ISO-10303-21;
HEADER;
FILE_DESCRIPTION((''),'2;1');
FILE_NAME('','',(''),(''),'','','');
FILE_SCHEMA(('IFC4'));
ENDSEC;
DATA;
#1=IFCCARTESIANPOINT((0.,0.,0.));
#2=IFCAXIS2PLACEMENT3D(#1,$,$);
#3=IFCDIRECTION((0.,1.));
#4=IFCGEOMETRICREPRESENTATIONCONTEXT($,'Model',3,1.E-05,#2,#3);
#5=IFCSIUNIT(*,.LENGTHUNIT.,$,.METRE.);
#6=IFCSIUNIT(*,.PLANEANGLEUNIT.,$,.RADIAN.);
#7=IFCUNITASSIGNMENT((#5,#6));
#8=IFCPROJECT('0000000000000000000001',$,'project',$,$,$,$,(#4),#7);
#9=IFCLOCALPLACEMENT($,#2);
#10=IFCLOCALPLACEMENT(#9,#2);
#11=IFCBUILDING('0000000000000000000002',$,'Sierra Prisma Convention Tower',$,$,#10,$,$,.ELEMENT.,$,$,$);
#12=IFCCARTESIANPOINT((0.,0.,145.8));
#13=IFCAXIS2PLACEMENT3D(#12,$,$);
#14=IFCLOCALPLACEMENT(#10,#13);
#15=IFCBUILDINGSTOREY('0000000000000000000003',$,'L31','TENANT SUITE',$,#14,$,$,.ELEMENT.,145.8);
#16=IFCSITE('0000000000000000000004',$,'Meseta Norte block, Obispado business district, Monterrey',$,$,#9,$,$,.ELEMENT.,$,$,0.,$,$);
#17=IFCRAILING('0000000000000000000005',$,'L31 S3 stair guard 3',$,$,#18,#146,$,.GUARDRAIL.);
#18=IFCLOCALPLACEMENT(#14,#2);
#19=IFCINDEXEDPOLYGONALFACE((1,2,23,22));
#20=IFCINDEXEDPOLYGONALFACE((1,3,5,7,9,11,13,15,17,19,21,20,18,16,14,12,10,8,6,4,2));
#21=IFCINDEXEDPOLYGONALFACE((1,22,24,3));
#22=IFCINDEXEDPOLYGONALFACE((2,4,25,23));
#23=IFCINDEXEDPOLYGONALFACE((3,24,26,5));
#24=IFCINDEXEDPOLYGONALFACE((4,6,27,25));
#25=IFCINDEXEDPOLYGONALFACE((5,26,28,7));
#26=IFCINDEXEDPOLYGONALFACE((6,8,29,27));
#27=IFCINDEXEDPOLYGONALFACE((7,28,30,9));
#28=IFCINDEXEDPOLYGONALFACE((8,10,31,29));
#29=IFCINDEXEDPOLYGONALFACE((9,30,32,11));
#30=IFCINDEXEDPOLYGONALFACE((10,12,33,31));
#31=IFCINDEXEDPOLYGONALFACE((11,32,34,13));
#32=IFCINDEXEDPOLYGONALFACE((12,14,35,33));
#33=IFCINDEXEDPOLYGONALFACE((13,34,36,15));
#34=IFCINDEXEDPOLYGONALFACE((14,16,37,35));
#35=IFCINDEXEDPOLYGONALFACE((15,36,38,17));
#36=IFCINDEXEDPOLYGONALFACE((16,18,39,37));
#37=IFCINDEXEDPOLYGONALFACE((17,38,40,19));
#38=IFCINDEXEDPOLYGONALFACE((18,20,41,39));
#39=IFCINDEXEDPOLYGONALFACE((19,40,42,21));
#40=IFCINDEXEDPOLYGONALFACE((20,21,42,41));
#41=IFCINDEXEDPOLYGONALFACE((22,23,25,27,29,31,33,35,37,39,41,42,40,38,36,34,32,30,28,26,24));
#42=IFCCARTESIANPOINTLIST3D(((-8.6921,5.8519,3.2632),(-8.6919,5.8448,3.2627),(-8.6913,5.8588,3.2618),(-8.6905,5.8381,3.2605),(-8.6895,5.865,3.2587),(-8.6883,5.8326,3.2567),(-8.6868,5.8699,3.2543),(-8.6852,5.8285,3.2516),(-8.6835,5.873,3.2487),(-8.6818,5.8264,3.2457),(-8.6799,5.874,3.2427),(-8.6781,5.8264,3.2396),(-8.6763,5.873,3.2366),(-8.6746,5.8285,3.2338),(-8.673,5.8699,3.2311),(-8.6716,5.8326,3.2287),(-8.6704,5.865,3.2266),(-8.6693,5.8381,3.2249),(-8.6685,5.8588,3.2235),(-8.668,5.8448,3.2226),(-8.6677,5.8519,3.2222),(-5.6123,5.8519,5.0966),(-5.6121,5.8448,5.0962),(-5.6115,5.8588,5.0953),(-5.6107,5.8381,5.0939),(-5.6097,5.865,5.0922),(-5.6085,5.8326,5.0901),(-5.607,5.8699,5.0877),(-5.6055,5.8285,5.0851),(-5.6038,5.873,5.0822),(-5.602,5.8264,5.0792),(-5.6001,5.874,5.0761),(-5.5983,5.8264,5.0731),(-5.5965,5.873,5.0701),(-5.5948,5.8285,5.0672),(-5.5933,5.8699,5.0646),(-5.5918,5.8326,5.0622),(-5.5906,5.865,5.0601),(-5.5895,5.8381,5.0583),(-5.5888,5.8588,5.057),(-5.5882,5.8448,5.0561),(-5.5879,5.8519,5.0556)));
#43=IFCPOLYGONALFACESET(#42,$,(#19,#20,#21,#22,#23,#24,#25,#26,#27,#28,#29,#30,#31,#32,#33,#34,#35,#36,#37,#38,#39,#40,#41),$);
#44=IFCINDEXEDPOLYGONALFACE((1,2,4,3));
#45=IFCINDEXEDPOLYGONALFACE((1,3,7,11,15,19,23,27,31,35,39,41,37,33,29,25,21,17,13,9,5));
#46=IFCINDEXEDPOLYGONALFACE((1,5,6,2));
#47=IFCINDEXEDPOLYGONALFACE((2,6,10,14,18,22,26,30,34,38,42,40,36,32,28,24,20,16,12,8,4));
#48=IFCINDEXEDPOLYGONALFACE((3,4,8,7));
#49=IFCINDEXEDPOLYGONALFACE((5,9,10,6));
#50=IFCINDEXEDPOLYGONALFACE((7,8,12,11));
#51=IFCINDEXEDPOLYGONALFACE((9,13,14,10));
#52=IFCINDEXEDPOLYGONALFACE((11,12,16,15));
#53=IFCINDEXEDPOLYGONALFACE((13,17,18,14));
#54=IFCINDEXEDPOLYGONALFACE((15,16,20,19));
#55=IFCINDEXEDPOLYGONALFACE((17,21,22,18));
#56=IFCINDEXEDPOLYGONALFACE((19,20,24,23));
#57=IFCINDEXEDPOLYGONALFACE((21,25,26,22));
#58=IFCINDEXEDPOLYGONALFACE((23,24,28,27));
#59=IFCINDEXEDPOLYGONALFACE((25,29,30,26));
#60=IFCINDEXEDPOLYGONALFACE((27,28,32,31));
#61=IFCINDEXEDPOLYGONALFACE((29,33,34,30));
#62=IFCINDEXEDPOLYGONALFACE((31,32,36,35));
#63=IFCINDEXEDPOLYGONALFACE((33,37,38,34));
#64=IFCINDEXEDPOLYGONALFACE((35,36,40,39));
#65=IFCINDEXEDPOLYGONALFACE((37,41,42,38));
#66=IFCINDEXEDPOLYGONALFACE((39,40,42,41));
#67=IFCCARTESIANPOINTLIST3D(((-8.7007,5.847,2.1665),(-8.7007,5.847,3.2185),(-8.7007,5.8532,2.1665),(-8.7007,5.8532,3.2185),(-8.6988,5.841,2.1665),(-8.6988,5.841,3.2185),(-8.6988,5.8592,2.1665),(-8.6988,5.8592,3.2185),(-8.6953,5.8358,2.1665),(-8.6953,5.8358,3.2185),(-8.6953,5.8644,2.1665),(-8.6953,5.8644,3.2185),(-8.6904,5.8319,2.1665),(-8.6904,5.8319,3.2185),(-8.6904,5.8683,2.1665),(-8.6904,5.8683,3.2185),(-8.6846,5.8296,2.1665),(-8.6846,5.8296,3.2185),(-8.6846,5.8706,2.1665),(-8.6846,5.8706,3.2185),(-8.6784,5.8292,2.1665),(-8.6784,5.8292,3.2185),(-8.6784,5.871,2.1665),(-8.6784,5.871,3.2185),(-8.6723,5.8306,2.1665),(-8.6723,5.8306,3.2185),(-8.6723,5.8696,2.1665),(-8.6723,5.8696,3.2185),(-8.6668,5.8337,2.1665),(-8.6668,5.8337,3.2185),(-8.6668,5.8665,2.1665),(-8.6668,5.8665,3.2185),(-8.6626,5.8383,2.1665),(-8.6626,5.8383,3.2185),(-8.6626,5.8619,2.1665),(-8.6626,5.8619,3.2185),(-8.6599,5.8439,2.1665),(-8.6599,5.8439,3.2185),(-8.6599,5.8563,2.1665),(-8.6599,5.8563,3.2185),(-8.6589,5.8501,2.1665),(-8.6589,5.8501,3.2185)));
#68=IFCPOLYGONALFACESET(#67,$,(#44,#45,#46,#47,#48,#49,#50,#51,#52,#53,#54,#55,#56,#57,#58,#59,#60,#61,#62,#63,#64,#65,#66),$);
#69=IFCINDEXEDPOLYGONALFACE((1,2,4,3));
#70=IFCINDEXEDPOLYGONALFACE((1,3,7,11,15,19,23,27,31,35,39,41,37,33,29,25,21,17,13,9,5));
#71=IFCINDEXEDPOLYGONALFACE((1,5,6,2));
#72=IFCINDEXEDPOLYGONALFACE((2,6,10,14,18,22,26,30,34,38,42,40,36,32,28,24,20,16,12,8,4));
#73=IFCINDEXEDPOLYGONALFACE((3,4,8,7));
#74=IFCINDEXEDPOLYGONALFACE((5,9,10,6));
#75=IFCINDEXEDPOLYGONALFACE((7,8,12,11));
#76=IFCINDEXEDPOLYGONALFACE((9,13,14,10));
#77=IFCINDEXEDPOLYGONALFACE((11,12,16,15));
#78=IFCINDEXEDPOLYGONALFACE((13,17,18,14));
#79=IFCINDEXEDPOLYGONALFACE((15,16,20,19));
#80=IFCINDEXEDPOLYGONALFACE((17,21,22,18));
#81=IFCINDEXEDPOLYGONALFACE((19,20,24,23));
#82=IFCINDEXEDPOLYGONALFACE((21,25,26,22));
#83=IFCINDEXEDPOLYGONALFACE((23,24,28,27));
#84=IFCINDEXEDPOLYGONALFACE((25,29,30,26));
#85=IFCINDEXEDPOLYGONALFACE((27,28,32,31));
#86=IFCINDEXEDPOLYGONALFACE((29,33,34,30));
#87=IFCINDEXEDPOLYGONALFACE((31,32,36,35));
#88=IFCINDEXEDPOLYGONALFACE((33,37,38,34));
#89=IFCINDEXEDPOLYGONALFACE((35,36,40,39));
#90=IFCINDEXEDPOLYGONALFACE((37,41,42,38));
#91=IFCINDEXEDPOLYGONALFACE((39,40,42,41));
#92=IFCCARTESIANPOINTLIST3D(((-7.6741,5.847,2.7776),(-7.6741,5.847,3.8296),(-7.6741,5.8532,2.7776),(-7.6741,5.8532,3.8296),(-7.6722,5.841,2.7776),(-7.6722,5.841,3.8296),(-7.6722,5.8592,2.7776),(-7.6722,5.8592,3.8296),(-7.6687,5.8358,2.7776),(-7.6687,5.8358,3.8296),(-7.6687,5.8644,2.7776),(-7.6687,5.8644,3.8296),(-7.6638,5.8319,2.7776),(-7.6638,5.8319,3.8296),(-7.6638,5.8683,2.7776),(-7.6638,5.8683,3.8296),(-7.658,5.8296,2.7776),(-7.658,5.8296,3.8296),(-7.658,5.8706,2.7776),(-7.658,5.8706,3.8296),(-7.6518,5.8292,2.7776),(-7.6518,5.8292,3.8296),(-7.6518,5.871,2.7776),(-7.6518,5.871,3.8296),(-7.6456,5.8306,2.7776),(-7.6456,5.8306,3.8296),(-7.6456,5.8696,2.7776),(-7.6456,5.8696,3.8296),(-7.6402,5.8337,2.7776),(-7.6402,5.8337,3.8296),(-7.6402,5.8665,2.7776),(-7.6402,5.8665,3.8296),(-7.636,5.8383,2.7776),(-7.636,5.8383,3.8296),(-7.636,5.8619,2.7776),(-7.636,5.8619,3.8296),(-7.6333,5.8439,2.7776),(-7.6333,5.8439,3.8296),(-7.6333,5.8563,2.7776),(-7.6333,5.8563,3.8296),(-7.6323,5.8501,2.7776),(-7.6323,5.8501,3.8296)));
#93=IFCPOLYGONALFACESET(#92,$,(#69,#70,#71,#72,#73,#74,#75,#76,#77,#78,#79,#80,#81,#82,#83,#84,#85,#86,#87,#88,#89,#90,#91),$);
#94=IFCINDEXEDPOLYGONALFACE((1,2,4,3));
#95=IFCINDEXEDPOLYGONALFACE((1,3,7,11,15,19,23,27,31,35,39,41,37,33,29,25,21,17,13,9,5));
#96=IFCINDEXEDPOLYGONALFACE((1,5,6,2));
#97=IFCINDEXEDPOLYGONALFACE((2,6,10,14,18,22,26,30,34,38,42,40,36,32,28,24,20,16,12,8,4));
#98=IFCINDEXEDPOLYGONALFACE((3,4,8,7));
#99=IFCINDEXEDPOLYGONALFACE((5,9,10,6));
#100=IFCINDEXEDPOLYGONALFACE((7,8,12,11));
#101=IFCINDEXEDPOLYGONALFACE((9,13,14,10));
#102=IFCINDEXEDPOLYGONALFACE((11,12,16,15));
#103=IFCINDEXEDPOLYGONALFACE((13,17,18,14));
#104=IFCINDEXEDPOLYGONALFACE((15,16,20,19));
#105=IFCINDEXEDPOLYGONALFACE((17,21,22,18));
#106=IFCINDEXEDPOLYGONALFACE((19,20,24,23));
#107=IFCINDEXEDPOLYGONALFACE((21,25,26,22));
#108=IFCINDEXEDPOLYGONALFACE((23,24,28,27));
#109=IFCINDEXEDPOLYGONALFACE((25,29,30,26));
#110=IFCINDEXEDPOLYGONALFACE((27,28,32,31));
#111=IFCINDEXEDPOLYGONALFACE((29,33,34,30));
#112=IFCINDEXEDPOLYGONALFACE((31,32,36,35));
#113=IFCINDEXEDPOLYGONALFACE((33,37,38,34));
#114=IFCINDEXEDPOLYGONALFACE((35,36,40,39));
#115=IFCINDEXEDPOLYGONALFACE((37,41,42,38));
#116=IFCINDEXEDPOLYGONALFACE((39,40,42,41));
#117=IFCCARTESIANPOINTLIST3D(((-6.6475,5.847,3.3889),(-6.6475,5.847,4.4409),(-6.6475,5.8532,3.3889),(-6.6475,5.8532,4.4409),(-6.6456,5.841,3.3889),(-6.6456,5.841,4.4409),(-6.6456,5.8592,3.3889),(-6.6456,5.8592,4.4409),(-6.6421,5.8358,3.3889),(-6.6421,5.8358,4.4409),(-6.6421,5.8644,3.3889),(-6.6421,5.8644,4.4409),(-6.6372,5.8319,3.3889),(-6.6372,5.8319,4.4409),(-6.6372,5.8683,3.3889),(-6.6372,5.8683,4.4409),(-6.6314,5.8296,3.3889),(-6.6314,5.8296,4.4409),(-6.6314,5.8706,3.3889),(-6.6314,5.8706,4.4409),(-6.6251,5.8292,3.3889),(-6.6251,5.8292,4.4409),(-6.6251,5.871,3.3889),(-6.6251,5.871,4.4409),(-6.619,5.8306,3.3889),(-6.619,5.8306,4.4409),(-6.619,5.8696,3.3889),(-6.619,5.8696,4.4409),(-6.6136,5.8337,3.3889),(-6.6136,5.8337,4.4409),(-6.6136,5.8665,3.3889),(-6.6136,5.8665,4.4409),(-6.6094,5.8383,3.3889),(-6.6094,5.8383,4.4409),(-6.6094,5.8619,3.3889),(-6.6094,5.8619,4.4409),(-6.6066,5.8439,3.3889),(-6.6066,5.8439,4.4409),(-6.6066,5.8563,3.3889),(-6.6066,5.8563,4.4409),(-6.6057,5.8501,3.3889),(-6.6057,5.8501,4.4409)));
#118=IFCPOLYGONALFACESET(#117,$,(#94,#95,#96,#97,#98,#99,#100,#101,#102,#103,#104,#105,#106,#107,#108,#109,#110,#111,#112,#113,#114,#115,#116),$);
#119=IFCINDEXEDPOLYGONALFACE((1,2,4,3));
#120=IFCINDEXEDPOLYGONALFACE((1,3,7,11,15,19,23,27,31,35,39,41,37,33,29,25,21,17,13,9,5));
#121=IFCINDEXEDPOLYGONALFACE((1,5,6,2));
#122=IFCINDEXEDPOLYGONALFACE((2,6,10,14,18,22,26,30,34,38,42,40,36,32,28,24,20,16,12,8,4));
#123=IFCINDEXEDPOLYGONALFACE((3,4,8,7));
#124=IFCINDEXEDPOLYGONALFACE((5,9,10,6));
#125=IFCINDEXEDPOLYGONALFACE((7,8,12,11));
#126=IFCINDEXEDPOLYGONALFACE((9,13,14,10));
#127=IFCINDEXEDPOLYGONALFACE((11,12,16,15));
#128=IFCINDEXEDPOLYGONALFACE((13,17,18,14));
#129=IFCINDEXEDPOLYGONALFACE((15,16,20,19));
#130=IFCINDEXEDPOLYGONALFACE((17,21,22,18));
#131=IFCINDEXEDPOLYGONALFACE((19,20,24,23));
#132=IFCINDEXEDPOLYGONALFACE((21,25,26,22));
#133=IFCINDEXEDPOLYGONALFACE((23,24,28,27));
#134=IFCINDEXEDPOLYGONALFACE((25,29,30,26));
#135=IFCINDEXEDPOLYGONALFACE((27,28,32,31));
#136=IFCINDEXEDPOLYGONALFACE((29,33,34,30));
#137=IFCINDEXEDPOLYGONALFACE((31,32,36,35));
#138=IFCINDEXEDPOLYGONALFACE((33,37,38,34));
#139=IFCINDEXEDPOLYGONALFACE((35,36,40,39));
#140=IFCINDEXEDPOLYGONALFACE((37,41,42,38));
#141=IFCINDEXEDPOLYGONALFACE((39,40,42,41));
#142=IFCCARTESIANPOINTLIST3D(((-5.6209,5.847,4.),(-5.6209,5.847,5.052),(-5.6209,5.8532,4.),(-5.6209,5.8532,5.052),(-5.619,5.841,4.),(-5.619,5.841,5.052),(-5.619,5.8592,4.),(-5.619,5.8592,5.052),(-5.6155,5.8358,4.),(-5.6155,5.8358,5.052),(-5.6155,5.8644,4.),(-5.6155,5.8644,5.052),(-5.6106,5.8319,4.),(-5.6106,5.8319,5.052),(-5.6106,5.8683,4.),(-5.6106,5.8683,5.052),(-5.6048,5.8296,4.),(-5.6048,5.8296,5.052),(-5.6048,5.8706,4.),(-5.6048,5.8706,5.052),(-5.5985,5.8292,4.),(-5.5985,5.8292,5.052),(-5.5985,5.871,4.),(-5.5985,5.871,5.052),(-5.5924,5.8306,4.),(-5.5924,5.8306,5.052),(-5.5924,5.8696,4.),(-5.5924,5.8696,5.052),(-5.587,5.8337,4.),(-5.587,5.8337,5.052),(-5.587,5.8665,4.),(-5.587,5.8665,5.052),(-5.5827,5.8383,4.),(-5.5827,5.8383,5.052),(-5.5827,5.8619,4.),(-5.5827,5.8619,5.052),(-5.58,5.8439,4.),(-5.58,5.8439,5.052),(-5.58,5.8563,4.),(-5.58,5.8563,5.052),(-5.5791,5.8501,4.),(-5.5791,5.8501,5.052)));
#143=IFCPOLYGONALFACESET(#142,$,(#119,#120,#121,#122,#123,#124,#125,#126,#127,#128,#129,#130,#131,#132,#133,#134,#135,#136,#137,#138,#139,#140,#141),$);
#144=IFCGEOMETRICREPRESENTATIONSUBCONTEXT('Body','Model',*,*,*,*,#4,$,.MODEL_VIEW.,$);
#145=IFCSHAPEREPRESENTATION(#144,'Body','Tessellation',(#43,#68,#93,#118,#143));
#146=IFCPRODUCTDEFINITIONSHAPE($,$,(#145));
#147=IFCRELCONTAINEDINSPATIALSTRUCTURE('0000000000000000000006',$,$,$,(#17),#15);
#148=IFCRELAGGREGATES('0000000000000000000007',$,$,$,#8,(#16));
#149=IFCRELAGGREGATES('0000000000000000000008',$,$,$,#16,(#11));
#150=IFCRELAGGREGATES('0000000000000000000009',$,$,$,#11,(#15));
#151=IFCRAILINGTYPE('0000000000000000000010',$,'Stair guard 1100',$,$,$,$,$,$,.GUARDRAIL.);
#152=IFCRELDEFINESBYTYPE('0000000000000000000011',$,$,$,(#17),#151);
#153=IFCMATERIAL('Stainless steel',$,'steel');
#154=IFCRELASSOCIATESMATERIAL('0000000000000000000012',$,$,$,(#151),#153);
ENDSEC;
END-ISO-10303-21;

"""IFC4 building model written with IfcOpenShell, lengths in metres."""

from ifc_helpers import new_model, si_unit, direction, frame, origin, origin_2d, place, context, subcontext, project, spatial, circle, extrude, material, type_object, element, save


model = new_model("IFC4")

# Units and contexts
model_context = context("Model", 3, precision=1e-05, world=origin(), true_north=direction((0.0, 1.0)))
body_context = subcontext(model_context, "Body", "Model", "MODEL_VIEW")
ifc_project = project(units=[si_unit("LENGTHUNIT", "METRE"), si_unit("PLANEANGLEUNIT", "RADIAN")], contexts=[model_context])

# Site, building, storey
site_placement = place(None, origin())
site = spatial("IfcSite", under=ifc_project, at=site_placement, Name="Meseta Norte block, Obispado business district, Monterrey", CompositionType="ELEMENT", RefElevation=0.0)
building_placement = place(site_placement, origin())
building = spatial("IfcBuilding", under=site, at=building_placement, Name="Sierra Prisma Convention Tower", CompositionType="ELEMENT")
storey_placement = place(building_placement, frame((0.0, 0.0, 145.8)))
storey = spatial("IfcBuildingStorey", under=building, at=storey_placement, Name="L31", Description="TENANT SUITE", CompositionType="ELEMENT", Elevation=145.8)

# Railing
ifc_material_1 = material(Name="Stainless steel", Category="steel")
railing_type_1 = type_object("IfcRailingType", Name="Stair guard 1100", PredefinedType="GUARDRAIL", material=ifc_material_1)
railing_1_placement = place(storey_placement, frame((-8.6799, 5.8501, 2.1665)))
element("IfcRailing", 1, at=railing_1_placement, inside=storey, type_object=railing_type_1, Name="L31 S3 stair guard 3", PredefinedType="GUARDRAIL", context=body_context, shape_type="SweptSolid", body=[
    extrude(circle(Radius=0.0239, at=origin_2d()), frame((0.0, 0.0, 1.0762), z_axis=(0.859261, 0.0, 0.511538), x_axis=(0.0, 1.0, 0.0)), (0.0, 0.0, 1.0), 3.5842),
    extrude(circle(Radius=0.021, at=origin_2d()), origin(), (0.0, 0.0, 1.0), 1.052),
    extrude(circle(Radius=0.021, at=origin_2d()), frame((1.0266, 0.0, 0.6111)), (0.0, 0.0, 1.0), 1.052),
    extrude(circle(Radius=0.021, at=origin_2d()), frame((2.0532, 0.0, 1.2224)), (0.0, 0.0, 1.0), 1.052),
    extrude(circle(Radius=0.021, at=origin_2d()), frame((3.0798, 0.0, 1.8335)), (0.0, 0.0, 1.0), 1.052),
])

save(model, "model.ifc")
